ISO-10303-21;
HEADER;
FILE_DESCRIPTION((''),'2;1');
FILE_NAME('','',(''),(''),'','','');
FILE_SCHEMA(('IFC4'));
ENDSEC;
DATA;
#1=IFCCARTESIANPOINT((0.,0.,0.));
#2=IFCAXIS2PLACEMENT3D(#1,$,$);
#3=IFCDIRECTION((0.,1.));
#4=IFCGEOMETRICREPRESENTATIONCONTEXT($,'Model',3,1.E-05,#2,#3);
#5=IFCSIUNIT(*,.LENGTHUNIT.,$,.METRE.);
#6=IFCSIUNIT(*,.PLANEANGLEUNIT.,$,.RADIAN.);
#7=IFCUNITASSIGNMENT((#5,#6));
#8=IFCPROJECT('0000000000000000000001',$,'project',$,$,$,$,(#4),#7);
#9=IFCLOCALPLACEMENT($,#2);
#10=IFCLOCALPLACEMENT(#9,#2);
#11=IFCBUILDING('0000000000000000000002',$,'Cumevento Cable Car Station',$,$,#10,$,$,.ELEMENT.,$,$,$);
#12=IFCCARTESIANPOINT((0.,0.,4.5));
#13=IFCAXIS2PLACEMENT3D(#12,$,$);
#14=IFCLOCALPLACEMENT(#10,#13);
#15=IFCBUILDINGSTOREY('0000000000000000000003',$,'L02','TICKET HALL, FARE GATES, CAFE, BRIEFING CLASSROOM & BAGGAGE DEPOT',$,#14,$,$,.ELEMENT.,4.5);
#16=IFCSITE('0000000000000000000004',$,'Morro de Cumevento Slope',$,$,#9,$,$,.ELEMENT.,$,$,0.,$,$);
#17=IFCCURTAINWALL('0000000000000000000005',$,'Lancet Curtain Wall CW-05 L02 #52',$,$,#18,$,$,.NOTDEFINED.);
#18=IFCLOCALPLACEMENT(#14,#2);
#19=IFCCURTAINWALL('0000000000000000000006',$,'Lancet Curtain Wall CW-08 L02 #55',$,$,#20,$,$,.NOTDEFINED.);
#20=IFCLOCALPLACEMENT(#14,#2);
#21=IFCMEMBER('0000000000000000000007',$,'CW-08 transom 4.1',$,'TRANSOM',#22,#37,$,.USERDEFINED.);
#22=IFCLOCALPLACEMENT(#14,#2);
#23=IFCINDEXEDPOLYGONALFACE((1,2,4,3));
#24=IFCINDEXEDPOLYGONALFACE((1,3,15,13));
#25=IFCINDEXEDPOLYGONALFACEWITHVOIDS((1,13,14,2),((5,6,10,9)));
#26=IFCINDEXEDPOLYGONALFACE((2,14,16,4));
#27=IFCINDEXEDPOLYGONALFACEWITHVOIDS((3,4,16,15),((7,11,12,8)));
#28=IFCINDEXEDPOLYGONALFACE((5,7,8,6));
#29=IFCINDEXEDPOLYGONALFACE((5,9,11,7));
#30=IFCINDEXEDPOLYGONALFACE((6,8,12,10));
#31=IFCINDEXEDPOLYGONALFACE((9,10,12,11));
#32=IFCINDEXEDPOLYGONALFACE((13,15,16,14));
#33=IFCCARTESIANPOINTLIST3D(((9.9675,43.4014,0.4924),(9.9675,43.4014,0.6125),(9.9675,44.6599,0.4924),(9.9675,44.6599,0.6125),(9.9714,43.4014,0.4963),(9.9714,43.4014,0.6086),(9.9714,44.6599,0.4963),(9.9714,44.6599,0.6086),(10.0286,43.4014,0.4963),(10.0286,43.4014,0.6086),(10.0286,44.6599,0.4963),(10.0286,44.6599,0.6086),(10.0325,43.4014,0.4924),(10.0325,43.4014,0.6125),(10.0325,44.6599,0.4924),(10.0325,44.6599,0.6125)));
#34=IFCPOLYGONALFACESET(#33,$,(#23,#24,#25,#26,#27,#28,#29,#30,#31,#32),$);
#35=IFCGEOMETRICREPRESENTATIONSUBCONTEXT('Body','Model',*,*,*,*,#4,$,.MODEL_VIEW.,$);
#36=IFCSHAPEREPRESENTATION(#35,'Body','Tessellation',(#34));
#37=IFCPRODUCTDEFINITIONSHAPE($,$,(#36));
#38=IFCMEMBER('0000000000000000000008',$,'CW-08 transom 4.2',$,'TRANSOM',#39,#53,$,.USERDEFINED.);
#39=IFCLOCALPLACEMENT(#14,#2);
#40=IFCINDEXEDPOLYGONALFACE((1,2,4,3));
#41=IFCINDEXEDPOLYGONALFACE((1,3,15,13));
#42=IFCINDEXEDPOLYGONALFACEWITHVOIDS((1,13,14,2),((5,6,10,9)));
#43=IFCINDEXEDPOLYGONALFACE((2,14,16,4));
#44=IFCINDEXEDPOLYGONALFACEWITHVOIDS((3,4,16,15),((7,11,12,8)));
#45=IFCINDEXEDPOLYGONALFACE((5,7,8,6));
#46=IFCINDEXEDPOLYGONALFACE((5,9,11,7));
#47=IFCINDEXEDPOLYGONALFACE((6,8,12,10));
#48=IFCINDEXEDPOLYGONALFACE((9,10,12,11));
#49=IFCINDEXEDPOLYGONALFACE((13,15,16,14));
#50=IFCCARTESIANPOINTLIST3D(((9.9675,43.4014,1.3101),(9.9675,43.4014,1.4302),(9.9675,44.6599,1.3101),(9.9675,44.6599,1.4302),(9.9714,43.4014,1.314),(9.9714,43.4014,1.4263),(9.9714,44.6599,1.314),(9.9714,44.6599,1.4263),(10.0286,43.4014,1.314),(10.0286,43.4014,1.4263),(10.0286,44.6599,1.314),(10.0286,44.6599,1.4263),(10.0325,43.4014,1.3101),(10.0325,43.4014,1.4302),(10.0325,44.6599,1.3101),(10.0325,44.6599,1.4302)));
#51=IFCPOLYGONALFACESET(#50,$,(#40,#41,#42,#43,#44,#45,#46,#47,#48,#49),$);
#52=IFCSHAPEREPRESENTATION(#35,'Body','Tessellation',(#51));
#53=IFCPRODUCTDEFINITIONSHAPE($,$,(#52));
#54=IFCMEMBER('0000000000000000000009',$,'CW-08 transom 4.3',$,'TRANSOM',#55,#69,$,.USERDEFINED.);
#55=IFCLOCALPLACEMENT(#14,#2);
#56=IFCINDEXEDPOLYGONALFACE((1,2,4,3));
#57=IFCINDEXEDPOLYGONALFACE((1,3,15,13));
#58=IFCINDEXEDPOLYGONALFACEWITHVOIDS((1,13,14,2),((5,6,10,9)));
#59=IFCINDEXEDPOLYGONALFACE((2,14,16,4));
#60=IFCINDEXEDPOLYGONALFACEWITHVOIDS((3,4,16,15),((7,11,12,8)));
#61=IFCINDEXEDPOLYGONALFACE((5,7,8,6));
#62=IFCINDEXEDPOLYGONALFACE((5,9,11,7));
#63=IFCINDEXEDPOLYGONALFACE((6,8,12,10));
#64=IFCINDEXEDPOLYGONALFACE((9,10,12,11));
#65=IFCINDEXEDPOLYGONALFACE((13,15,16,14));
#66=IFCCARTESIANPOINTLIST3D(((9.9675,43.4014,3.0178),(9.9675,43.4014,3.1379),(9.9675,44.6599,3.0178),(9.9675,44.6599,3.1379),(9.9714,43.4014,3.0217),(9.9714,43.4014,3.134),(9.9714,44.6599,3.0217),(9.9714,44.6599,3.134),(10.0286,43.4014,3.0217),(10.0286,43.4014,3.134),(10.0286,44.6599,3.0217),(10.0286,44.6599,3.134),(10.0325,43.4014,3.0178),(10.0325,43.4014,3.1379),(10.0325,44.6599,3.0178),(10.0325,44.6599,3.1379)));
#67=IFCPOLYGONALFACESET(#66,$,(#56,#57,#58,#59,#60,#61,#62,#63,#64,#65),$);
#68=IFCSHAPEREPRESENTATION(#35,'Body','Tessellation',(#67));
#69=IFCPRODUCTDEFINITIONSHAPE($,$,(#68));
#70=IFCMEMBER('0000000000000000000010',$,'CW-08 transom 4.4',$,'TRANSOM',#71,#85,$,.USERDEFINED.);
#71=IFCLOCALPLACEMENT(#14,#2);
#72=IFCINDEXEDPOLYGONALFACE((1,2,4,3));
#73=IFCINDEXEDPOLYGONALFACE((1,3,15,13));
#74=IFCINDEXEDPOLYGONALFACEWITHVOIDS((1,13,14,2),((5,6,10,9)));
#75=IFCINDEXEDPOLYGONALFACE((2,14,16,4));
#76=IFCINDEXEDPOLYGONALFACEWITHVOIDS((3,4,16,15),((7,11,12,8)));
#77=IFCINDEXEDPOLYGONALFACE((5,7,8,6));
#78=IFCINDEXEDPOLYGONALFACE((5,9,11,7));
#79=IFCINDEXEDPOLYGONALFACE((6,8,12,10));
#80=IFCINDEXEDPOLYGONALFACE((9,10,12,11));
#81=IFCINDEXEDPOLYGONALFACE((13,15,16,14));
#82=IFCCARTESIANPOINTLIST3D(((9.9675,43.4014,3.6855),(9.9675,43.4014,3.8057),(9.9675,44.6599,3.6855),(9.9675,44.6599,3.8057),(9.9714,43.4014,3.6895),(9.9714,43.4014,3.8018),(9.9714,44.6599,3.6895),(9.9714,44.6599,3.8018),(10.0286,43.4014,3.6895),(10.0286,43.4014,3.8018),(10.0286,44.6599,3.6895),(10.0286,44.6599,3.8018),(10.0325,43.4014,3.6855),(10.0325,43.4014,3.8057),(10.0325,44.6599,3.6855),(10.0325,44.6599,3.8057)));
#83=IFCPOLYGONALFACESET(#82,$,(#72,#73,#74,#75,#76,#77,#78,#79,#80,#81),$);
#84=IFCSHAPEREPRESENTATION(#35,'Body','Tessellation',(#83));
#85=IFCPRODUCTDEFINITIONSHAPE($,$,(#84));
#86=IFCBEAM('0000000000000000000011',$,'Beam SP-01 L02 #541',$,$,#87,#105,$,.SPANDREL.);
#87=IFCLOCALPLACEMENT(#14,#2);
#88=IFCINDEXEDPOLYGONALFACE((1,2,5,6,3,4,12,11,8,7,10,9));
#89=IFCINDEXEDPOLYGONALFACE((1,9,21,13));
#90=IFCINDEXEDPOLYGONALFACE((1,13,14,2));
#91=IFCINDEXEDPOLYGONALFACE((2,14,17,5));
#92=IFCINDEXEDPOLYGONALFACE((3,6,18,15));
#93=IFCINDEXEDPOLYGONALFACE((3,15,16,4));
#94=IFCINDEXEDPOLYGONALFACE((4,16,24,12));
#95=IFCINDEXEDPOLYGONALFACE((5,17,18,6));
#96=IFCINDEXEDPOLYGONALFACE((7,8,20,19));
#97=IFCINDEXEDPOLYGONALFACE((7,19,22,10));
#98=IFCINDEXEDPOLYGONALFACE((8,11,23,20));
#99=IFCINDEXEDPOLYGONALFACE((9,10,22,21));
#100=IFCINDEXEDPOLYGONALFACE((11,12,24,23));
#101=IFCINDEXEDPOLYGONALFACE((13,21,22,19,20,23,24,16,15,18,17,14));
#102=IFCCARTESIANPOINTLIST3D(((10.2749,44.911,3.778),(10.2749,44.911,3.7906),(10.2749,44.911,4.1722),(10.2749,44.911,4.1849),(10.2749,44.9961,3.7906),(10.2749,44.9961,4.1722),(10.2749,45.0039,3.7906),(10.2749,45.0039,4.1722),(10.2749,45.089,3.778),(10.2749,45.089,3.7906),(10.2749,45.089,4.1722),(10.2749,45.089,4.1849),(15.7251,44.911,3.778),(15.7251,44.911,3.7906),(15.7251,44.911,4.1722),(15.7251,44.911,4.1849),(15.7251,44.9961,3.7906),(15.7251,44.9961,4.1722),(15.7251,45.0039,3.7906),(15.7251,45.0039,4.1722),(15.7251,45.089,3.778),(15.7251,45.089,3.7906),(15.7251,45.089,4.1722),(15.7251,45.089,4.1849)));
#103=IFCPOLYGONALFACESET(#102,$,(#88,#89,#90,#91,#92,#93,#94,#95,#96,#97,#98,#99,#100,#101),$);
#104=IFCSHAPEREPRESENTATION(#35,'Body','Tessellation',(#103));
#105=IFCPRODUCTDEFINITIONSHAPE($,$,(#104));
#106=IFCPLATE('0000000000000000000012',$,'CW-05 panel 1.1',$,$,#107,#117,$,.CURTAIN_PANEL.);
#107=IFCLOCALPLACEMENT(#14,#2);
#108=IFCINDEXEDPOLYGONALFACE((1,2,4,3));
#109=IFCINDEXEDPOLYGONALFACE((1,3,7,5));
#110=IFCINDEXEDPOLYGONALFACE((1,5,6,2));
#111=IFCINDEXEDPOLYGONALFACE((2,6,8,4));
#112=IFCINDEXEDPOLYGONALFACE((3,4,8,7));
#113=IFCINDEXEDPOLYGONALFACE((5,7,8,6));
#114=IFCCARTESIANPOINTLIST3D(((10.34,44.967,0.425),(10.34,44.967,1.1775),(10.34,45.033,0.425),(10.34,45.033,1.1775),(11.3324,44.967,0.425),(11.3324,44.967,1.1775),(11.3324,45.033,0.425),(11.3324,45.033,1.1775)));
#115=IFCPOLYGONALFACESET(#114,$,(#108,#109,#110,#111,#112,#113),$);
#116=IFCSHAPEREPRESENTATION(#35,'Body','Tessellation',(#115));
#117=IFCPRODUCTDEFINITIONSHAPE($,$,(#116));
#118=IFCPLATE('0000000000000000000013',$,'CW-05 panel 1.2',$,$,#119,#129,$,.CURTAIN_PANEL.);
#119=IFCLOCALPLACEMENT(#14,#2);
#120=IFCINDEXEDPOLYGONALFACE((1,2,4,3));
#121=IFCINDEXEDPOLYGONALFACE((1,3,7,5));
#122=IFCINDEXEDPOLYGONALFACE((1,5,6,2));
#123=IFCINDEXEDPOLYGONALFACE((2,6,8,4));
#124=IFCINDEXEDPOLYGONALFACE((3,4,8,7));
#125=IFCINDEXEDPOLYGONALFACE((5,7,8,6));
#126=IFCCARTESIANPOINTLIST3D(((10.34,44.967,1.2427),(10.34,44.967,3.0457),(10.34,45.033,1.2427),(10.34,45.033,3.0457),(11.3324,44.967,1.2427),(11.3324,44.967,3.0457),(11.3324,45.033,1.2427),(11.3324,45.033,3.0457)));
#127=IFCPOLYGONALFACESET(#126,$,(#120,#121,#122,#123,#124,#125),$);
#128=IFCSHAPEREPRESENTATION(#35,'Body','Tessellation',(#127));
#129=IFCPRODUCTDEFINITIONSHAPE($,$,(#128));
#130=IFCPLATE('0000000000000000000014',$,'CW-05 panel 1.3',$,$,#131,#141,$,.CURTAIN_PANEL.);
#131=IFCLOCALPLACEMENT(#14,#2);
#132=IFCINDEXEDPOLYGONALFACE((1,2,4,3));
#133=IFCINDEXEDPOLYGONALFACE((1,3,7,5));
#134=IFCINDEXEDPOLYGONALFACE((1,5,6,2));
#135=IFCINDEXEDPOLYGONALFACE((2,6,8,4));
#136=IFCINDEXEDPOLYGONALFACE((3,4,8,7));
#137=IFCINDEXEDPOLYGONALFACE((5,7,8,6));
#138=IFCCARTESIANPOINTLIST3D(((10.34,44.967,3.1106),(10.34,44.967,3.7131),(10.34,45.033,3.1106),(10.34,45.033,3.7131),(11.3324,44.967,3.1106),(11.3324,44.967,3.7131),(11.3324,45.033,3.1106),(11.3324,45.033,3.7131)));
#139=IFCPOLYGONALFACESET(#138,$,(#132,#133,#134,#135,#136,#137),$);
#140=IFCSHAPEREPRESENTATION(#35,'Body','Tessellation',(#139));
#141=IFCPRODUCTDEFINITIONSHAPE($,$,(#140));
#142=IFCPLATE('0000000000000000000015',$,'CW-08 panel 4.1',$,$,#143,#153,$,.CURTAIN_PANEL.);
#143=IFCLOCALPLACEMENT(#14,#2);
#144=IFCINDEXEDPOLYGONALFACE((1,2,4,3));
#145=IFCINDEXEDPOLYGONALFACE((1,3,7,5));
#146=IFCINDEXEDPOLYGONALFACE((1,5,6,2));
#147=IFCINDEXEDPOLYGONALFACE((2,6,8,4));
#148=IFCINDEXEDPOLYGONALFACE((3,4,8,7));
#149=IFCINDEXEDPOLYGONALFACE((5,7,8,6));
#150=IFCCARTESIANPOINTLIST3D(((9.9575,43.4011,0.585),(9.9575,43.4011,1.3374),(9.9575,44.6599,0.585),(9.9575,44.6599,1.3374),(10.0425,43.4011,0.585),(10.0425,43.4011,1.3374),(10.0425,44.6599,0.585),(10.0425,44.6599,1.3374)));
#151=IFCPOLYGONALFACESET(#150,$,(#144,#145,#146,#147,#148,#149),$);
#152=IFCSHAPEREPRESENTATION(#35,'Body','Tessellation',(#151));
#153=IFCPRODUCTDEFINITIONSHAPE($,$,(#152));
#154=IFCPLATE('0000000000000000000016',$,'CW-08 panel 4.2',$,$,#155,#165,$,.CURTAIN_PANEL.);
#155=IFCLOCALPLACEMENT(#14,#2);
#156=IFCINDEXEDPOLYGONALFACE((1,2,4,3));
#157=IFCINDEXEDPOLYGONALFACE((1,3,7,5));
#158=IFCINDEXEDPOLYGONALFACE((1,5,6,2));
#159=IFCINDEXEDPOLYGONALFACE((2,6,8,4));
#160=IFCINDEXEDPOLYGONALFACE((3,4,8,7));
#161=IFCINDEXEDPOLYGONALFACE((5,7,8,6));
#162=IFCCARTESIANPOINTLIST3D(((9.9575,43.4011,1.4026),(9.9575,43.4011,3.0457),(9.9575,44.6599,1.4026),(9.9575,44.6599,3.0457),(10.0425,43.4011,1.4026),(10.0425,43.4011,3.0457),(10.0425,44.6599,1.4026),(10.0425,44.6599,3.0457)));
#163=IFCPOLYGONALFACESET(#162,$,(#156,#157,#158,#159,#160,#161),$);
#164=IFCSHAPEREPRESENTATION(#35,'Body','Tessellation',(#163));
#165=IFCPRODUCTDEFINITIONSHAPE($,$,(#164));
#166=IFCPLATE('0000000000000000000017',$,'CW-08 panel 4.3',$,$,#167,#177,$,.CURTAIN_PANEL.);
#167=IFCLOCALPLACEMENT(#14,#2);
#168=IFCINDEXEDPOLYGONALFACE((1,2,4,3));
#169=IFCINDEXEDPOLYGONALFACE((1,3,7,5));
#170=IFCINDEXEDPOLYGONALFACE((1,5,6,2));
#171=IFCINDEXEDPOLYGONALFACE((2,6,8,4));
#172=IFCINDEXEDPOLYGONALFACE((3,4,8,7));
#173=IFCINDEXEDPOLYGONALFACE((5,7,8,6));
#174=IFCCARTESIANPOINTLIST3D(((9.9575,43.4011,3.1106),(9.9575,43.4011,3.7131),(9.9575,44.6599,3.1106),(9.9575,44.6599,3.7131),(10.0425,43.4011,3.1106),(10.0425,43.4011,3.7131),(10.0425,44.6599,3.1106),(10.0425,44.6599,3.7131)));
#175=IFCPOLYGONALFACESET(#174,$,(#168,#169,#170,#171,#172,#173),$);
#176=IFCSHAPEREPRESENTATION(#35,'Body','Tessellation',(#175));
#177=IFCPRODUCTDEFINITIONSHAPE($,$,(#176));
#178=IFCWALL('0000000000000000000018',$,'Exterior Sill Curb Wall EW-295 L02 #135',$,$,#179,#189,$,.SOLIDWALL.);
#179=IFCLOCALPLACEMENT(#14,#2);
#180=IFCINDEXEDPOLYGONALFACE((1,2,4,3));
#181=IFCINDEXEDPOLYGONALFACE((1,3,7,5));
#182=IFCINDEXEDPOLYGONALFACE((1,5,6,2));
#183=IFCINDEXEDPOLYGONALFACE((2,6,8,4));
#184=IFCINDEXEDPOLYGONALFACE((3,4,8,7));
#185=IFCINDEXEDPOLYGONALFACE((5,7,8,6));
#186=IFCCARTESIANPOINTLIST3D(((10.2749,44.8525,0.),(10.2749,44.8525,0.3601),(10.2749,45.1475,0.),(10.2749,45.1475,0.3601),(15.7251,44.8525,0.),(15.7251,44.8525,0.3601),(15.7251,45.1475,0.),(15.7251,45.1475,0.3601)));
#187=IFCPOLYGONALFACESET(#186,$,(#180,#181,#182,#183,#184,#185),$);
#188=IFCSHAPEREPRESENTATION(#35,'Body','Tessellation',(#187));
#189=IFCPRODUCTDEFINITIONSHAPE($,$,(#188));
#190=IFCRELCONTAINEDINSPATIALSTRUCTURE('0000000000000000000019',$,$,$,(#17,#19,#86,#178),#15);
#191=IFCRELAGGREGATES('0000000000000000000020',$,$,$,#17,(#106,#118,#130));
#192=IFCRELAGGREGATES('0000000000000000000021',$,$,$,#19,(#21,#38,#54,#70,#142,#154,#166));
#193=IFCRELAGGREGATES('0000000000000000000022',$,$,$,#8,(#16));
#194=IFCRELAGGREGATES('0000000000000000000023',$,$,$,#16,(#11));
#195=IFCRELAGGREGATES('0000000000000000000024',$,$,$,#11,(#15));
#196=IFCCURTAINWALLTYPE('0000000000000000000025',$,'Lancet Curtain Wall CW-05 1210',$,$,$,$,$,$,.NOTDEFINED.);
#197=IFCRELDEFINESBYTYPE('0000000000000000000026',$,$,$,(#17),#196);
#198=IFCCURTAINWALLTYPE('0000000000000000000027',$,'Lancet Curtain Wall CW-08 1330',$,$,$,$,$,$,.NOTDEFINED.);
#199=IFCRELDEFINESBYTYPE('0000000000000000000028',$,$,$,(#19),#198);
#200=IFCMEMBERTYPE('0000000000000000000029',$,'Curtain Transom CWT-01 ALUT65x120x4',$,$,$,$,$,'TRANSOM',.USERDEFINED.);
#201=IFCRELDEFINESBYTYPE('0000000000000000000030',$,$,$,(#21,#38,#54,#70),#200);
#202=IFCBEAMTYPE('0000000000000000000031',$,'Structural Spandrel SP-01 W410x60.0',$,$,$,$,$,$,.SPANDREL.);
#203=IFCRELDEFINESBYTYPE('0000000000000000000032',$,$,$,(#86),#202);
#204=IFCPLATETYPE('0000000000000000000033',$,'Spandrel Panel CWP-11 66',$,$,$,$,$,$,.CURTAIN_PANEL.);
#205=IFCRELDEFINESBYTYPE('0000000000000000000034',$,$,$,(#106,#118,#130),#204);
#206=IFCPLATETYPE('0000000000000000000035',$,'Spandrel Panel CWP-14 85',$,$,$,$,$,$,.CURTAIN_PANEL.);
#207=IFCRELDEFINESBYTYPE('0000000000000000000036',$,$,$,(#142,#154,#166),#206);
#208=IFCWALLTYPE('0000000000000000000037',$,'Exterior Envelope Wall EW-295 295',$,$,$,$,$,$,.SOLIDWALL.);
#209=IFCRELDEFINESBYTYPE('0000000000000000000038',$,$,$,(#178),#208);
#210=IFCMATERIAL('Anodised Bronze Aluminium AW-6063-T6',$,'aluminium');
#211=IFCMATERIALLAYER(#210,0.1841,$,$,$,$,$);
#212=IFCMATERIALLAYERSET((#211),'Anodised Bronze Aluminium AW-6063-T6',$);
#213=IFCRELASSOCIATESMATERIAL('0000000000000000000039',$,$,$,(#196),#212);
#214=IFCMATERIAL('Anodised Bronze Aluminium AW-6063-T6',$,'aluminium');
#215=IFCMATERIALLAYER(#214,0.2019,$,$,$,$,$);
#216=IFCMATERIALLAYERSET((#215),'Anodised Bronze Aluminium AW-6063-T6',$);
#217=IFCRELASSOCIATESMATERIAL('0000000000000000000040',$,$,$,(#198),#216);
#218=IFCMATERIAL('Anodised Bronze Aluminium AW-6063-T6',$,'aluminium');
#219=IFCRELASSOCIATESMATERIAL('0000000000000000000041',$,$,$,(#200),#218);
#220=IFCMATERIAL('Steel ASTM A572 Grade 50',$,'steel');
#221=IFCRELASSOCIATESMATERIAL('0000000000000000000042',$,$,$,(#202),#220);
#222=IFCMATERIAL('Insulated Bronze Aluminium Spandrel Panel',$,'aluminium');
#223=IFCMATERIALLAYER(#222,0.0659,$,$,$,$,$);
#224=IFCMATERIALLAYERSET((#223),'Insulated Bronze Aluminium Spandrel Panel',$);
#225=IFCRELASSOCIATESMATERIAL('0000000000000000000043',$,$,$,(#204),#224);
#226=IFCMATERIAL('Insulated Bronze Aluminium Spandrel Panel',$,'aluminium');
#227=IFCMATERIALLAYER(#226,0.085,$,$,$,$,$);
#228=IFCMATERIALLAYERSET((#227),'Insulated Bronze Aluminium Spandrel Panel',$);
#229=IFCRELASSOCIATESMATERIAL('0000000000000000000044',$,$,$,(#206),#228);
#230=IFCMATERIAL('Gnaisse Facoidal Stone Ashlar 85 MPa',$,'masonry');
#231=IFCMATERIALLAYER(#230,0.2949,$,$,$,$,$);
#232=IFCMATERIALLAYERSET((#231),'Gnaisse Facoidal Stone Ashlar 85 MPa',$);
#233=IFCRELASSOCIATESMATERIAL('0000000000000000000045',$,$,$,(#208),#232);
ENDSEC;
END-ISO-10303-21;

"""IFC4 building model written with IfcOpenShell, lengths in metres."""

from ifc_helpers import new_model, si_unit, direction, frame, frame_2d, origin, origin_2d, place, context, subcontext, project, spatial, rectangle, hollow_rectangle, i_section, extrude, material, layer, layer_set, material_profile, profile_set, type_object, element, aggregate, save


model = new_model("IFC4")

# Units and contexts
model_context = context("Model", 3, precision=1e-05, world=origin(), true_north=direction((0.0, 1.0)))
body_context = subcontext(model_context, "Body", "Model", "MODEL_VIEW")
ifc_project = project(units=[si_unit("LENGTHUNIT", "METRE"), si_unit("PLANEANGLEUNIT", "RADIAN")], contexts=[model_context])

# Site, building, storey
site_placement = place(None, origin())
site = spatial("IfcSite", under=ifc_project, at=site_placement, Name="Morro de Cumevento Slope", CompositionType="ELEMENT", RefElevation=0.0)
building_placement = place(site_placement, origin())
building = spatial("IfcBuilding", under=site, at=building_placement, Name="Cumevento Cable Car Station", CompositionType="ELEMENT")
storey_placement = place(building_placement, frame((0.0, 0.0, 4.5)))
storey = spatial("IfcBuildingStorey", under=building, at=storey_placement, Name="L02", Description="TICKET HALL, FARE GATES, CAFE, BRIEFING CLASSROOM & BAGGAGE DEPOT", CompositionType="ELEMENT", Elevation=4.5)

# Curtain walls
ifc_material_1 = material(Name="Anodised Bronze Aluminium AW-6063-T6", Category="aluminium")
ifc_layer_1 = layer(ifc_material_1, 0.1841)
ifc_layer_set_1 = layer_set([ifc_layer_1], Name="Anodised Bronze Aluminium AW-6063-T6")
curtain_wall_type_1 = type_object("IfcCurtainWallType", Name="Lancet Curtain Wall CW-05 1210", PredefinedType="NOTDEFINED", material=ifc_layer_set_1)
curtain_wall_1_placement = place(storey_placement, origin())
curtain_wall_1 = element("IfcCurtainWall", 1, at=curtain_wall_1_placement, inside=storey, type_object=curtain_wall_type_1, Name="Lancet Curtain Wall CW-05 L02 #52", PredefinedType="NOTDEFINED")
ifc_material_2 = material(Name="Anodised Bronze Aluminium AW-6063-T6", Category="aluminium")
ifc_layer_2 = layer(ifc_material_2, 0.2019)
ifc_layer_set_2 = layer_set([ifc_layer_2], Name="Anodised Bronze Aluminium AW-6063-T6")
curtain_wall_type_2 = type_object("IfcCurtainWallType", Name="Lancet Curtain Wall CW-08 1330", PredefinedType="NOTDEFINED", material=ifc_layer_set_2)
curtain_wall_2_placement = place(storey_placement, origin())
curtain_wall_2 = element("IfcCurtainWall", 2, at=curtain_wall_2_placement, inside=storey, type_object=curtain_wall_type_2, Name="Lancet Curtain Wall CW-08 L02 #55", PredefinedType="NOTDEFINED")

# Members
ifc_material_3 = material(Name="Anodised Bronze Aluminium AW-6063-T6", Category="aluminium")
ifc_material_profile_1 = material_profile(ifc_material_3, hollow_rectangle(XDim=0.0649, YDim=0.1201, WallThickness=0.0039, at=origin_2d()), Name="ALUT65x120x4")
ifc_profile_set_1 = profile_set([ifc_material_profile_1], Name="Anodised Bronze Aluminium AW-6063-T6")
member_type_1 = type_object("IfcMemberType", Name="Curtain Transom CWT-01 ALUT65x120x4", ElementType="TRANSOM", PredefinedType="USERDEFINED", material=ifc_profile_set_1)
member_1_placement = place(storey_placement, frame((10.0, 43.4014, 0.5525), z_axis=(0.0, 1.0, 0.0), x_axis=(-1.0, 0.0, 0.0)))
member_1 = element("IfcMember", 3, at=member_1_placement, type_object=member_type_1, Name="CW-08 transom 4.1", ObjectType="TRANSOM", PredefinedType="USERDEFINED", context=body_context, shape_type="SweptSolid", body=[
    extrude(hollow_rectangle(XDim=0.0649, YDim=0.1201, WallThickness=0.0039, at=origin_2d()), origin(), (0.0, 0.0, 1.0), 1.2585),
])
member_2_placement = place(storey_placement, frame((10.0, 43.4014, 1.3701), z_axis=(0.0, 1.0, 0.0), x_axis=(-1.0, 0.0, 0.0)))
member_2 = element("IfcMember", 4, at=member_2_placement, type_object=member_type_1, Name="CW-08 transom 4.2", ObjectType="TRANSOM", PredefinedType="USERDEFINED", context=body_context, shape_type="SweptSolid", body=[
    extrude(hollow_rectangle(XDim=0.0649, YDim=0.1201, WallThickness=0.0039, at=origin_2d()), origin(), (0.0, 0.0, 1.0), 1.2585),
])
member_3_placement = place(storey_placement, frame((10.0, 43.4014, 3.0779), z_axis=(0.0, 1.0, 0.0), x_axis=(-1.0, 0.0, 0.0)))
member_3 = element("IfcMember", 5, at=member_3_placement, type_object=member_type_1, Name="CW-08 transom 4.3", ObjectType="TRANSOM", PredefinedType="USERDEFINED", context=body_context, shape_type="SweptSolid", body=[
    extrude(hollow_rectangle(XDim=0.0649, YDim=0.1201, WallThickness=0.0039, at=origin_2d()), origin(), (0.0, 0.0, 1.0), 1.2585),
])
member_4_placement = place(storey_placement, frame((10.0, 43.4014, 3.7456), z_axis=(0.0, 1.0, 0.0), x_axis=(-1.0, 0.0, 0.0)))
member_4 = element("IfcMember", 6, at=member_4_placement, type_object=member_type_1, Name="CW-08 transom 4.4", ObjectType="TRANSOM", PredefinedType="USERDEFINED", context=body_context, shape_type="SweptSolid", body=[
    extrude(hollow_rectangle(XDim=0.0649, YDim=0.1201, WallThickness=0.0039, at=origin_2d()), origin(), (0.0, 0.0, 1.0), 1.2585),
])

# Beam
ifc_material_4 = material(Name="Steel ASTM A572 Grade 50", Category="steel")
ifc_material_profile_2 = material_profile(ifc_material_4, i_section(OverallWidth=0.178, OverallDepth=0.407, WebThickness=0.0078, FlangeThickness=0.0127, at=origin_2d()), Name="W410x60.0")
ifc_profile_set_2 = profile_set([ifc_material_profile_2], Name="Steel ASTM A572 Grade 50")
beam_type = type_object("IfcBeamType", Name="Structural Spandrel SP-01 W410x60.0", PredefinedType="SPANDREL", material=ifc_profile_set_2)
beam_placement = place(storey_placement, frame((10.2749, 45.0, 3.9814), z_axis=(1.0, 0.0, 0.0), x_axis=(0.0, 1.0, 0.0)))
element("IfcBeam", 7, at=beam_placement, inside=storey, type_object=beam_type, Name="Beam SP-01 L02 #541", PredefinedType="SPANDREL", context=body_context, shape_type="SweptSolid", body=[
    extrude(i_section(OverallWidth=0.178, OverallDepth=0.407, WebThickness=0.0078, FlangeThickness=0.0127, at=origin_2d()), origin(), (0.0, 0.0, 1.0), 5.4502),
])

# Plates
ifc_material_5 = material(Name="Insulated Bronze Aluminium Spandrel Panel", Category="aluminium")
ifc_layer_3 = layer(ifc_material_5, 0.0659)
ifc_layer_set_3 = layer_set([ifc_layer_3], Name="Insulated Bronze Aluminium Spandrel Panel")
plate_type_1 = type_object("IfcPlateType", Name="Spandrel Panel CWP-11 66", PredefinedType="CURTAIN_PANEL", material=ifc_layer_set_3)
plate_1_placement = place(storey_placement, frame((10.8362, 45.0, 0.425), z_axis=(0.0, 0.0, 1.0), x_axis=(1.0, 0.0, 0.0)))
plate_1 = element("IfcPlate", 8, at=plate_1_placement, type_object=plate_type_1, Name="CW-05 panel 1.1", PredefinedType="CURTAIN_PANEL", context=body_context, shape_type="SweptSolid", body=[
    extrude(rectangle(XDim=0.9924, YDim=0.0659, at=origin_2d()), origin(), (0.0, 0.0, 1.0), 0.7524),
])
plate_2_placement = place(storey_placement, frame((10.8362, 45.0, 1.2427), z_axis=(0.0, 0.0, 1.0), x_axis=(1.0, 0.0, 0.0)))
plate_2 = element("IfcPlate", 9, at=plate_2_placement, type_object=plate_type_1, Name="CW-05 panel 1.2", PredefinedType="CURTAIN_PANEL", context=body_context, shape_type="SweptSolid", body=[
    extrude(rectangle(XDim=0.9924, YDim=0.0659, at=origin_2d()), origin(), (0.0, 0.0, 1.0), 1.803),
])
plate_3_placement = place(storey_placement, frame((10.8362, 45.0, 3.1106), z_axis=(0.0, 0.0, 1.0), x_axis=(1.0, 0.0, 0.0)))
plate_3 = element("IfcPlate", 10, at=plate_3_placement, type_object=plate_type_1, Name="CW-05 panel 1.3", PredefinedType="CURTAIN_PANEL", context=body_context, shape_type="SweptSolid", body=[
    extrude(rectangle(XDim=0.9924, YDim=0.0659, at=origin_2d()), origin(), (0.0, 0.0, 1.0), 0.6025),
])
aggregate(curtain_wall_1, [plate_1, plate_2, plate_3])
ifc_material_6 = material(Name="Insulated Bronze Aluminium Spandrel Panel", Category="aluminium")
ifc_layer_4 = layer(ifc_material_6, 0.085)
ifc_layer_set_4 = layer_set([ifc_layer_4], Name="Insulated Bronze Aluminium Spandrel Panel")
plate_type_2 = type_object("IfcPlateType", Name="Spandrel Panel CWP-14 85", PredefinedType="CURTAIN_PANEL", material=ifc_layer_set_4)
plate_4_placement = place(storey_placement, frame((10.0, 44.0305, 0.585), z_axis=(0.0, 0.0, 1.0), x_axis=(0.0, 1.0, 0.0)))
plate_4 = element("IfcPlate", 11, at=plate_4_placement, type_object=plate_type_2, Name="CW-08 panel 4.1", PredefinedType="CURTAIN_PANEL", context=body_context, shape_type="SweptSolid", body=[
    extrude(rectangle(XDim=1.2588, YDim=0.085, at=origin_2d()), origin(), (0.0, 0.0, 1.0), 0.7524),
])
plate_5_placement = place(storey_placement, frame((10.0, 44.0305, 1.4026), z_axis=(0.0, 0.0, 1.0), x_axis=(0.0, 1.0, 0.0)))
plate_5 = element("IfcPlate", 12, at=plate_5_placement, type_object=plate_type_2, Name="CW-08 panel 4.2", PredefinedType="CURTAIN_PANEL", context=body_context, shape_type="SweptSolid", body=[
    extrude(rectangle(XDim=1.2588, YDim=0.085, at=origin_2d()), origin(), (0.0, 0.0, 1.0), 1.6431),
])
plate_6_placement = place(storey_placement, frame((10.0, 44.0305, 3.1106), z_axis=(0.0, 0.0, 1.0), x_axis=(0.0, 1.0, 0.0)))
plate_6 = element("IfcPlate", 13, at=plate_6_placement, type_object=plate_type_2, Name="CW-08 panel 4.3", PredefinedType="CURTAIN_PANEL", context=body_context, shape_type="SweptSolid", body=[
    extrude(rectangle(XDim=1.2588, YDim=0.085, at=origin_2d()), origin(), (0.0, 0.0, 1.0), 0.6025),
])
aggregate(curtain_wall_2, [member_1, member_2, member_3, member_4, plate_4, plate_5, plate_6])

# Wall
ifc_material_7 = material(Name="Gnaisse Facoidal Stone Ashlar 85 MPa", Category="masonry")
ifc_layer_5 = layer(ifc_material_7, 0.2949)
ifc_layer_set_5 = layer_set([ifc_layer_5], Name="Gnaisse Facoidal Stone Ashlar 85 MPa")
wall_type = type_object("IfcWallType", Name="Exterior Envelope Wall EW-295 295", PredefinedType="SOLIDWALL", material=ifc_layer_set_5)
wall_placement = place(storey_placement, frame((10.2749, 45.0, 0.0), z_axis=(0.0, 0.0, 1.0), x_axis=(1.0, 0.0, 0.0)))
element("IfcWall", 14, at=wall_placement, inside=storey, type_object=wall_type, Name="Exterior Sill Curb Wall EW-295 L02 #135", PredefinedType="SOLIDWALL", context=body_context, shape_type="SweptSolid", body=[
    extrude(rectangle(XDim=5.4502, YDim=0.2949, at=frame_2d((2.7251, 0.0))), origin(), (0.0, 0.0, 1.0), 0.3601),
])

save(model, "model.ifc")
